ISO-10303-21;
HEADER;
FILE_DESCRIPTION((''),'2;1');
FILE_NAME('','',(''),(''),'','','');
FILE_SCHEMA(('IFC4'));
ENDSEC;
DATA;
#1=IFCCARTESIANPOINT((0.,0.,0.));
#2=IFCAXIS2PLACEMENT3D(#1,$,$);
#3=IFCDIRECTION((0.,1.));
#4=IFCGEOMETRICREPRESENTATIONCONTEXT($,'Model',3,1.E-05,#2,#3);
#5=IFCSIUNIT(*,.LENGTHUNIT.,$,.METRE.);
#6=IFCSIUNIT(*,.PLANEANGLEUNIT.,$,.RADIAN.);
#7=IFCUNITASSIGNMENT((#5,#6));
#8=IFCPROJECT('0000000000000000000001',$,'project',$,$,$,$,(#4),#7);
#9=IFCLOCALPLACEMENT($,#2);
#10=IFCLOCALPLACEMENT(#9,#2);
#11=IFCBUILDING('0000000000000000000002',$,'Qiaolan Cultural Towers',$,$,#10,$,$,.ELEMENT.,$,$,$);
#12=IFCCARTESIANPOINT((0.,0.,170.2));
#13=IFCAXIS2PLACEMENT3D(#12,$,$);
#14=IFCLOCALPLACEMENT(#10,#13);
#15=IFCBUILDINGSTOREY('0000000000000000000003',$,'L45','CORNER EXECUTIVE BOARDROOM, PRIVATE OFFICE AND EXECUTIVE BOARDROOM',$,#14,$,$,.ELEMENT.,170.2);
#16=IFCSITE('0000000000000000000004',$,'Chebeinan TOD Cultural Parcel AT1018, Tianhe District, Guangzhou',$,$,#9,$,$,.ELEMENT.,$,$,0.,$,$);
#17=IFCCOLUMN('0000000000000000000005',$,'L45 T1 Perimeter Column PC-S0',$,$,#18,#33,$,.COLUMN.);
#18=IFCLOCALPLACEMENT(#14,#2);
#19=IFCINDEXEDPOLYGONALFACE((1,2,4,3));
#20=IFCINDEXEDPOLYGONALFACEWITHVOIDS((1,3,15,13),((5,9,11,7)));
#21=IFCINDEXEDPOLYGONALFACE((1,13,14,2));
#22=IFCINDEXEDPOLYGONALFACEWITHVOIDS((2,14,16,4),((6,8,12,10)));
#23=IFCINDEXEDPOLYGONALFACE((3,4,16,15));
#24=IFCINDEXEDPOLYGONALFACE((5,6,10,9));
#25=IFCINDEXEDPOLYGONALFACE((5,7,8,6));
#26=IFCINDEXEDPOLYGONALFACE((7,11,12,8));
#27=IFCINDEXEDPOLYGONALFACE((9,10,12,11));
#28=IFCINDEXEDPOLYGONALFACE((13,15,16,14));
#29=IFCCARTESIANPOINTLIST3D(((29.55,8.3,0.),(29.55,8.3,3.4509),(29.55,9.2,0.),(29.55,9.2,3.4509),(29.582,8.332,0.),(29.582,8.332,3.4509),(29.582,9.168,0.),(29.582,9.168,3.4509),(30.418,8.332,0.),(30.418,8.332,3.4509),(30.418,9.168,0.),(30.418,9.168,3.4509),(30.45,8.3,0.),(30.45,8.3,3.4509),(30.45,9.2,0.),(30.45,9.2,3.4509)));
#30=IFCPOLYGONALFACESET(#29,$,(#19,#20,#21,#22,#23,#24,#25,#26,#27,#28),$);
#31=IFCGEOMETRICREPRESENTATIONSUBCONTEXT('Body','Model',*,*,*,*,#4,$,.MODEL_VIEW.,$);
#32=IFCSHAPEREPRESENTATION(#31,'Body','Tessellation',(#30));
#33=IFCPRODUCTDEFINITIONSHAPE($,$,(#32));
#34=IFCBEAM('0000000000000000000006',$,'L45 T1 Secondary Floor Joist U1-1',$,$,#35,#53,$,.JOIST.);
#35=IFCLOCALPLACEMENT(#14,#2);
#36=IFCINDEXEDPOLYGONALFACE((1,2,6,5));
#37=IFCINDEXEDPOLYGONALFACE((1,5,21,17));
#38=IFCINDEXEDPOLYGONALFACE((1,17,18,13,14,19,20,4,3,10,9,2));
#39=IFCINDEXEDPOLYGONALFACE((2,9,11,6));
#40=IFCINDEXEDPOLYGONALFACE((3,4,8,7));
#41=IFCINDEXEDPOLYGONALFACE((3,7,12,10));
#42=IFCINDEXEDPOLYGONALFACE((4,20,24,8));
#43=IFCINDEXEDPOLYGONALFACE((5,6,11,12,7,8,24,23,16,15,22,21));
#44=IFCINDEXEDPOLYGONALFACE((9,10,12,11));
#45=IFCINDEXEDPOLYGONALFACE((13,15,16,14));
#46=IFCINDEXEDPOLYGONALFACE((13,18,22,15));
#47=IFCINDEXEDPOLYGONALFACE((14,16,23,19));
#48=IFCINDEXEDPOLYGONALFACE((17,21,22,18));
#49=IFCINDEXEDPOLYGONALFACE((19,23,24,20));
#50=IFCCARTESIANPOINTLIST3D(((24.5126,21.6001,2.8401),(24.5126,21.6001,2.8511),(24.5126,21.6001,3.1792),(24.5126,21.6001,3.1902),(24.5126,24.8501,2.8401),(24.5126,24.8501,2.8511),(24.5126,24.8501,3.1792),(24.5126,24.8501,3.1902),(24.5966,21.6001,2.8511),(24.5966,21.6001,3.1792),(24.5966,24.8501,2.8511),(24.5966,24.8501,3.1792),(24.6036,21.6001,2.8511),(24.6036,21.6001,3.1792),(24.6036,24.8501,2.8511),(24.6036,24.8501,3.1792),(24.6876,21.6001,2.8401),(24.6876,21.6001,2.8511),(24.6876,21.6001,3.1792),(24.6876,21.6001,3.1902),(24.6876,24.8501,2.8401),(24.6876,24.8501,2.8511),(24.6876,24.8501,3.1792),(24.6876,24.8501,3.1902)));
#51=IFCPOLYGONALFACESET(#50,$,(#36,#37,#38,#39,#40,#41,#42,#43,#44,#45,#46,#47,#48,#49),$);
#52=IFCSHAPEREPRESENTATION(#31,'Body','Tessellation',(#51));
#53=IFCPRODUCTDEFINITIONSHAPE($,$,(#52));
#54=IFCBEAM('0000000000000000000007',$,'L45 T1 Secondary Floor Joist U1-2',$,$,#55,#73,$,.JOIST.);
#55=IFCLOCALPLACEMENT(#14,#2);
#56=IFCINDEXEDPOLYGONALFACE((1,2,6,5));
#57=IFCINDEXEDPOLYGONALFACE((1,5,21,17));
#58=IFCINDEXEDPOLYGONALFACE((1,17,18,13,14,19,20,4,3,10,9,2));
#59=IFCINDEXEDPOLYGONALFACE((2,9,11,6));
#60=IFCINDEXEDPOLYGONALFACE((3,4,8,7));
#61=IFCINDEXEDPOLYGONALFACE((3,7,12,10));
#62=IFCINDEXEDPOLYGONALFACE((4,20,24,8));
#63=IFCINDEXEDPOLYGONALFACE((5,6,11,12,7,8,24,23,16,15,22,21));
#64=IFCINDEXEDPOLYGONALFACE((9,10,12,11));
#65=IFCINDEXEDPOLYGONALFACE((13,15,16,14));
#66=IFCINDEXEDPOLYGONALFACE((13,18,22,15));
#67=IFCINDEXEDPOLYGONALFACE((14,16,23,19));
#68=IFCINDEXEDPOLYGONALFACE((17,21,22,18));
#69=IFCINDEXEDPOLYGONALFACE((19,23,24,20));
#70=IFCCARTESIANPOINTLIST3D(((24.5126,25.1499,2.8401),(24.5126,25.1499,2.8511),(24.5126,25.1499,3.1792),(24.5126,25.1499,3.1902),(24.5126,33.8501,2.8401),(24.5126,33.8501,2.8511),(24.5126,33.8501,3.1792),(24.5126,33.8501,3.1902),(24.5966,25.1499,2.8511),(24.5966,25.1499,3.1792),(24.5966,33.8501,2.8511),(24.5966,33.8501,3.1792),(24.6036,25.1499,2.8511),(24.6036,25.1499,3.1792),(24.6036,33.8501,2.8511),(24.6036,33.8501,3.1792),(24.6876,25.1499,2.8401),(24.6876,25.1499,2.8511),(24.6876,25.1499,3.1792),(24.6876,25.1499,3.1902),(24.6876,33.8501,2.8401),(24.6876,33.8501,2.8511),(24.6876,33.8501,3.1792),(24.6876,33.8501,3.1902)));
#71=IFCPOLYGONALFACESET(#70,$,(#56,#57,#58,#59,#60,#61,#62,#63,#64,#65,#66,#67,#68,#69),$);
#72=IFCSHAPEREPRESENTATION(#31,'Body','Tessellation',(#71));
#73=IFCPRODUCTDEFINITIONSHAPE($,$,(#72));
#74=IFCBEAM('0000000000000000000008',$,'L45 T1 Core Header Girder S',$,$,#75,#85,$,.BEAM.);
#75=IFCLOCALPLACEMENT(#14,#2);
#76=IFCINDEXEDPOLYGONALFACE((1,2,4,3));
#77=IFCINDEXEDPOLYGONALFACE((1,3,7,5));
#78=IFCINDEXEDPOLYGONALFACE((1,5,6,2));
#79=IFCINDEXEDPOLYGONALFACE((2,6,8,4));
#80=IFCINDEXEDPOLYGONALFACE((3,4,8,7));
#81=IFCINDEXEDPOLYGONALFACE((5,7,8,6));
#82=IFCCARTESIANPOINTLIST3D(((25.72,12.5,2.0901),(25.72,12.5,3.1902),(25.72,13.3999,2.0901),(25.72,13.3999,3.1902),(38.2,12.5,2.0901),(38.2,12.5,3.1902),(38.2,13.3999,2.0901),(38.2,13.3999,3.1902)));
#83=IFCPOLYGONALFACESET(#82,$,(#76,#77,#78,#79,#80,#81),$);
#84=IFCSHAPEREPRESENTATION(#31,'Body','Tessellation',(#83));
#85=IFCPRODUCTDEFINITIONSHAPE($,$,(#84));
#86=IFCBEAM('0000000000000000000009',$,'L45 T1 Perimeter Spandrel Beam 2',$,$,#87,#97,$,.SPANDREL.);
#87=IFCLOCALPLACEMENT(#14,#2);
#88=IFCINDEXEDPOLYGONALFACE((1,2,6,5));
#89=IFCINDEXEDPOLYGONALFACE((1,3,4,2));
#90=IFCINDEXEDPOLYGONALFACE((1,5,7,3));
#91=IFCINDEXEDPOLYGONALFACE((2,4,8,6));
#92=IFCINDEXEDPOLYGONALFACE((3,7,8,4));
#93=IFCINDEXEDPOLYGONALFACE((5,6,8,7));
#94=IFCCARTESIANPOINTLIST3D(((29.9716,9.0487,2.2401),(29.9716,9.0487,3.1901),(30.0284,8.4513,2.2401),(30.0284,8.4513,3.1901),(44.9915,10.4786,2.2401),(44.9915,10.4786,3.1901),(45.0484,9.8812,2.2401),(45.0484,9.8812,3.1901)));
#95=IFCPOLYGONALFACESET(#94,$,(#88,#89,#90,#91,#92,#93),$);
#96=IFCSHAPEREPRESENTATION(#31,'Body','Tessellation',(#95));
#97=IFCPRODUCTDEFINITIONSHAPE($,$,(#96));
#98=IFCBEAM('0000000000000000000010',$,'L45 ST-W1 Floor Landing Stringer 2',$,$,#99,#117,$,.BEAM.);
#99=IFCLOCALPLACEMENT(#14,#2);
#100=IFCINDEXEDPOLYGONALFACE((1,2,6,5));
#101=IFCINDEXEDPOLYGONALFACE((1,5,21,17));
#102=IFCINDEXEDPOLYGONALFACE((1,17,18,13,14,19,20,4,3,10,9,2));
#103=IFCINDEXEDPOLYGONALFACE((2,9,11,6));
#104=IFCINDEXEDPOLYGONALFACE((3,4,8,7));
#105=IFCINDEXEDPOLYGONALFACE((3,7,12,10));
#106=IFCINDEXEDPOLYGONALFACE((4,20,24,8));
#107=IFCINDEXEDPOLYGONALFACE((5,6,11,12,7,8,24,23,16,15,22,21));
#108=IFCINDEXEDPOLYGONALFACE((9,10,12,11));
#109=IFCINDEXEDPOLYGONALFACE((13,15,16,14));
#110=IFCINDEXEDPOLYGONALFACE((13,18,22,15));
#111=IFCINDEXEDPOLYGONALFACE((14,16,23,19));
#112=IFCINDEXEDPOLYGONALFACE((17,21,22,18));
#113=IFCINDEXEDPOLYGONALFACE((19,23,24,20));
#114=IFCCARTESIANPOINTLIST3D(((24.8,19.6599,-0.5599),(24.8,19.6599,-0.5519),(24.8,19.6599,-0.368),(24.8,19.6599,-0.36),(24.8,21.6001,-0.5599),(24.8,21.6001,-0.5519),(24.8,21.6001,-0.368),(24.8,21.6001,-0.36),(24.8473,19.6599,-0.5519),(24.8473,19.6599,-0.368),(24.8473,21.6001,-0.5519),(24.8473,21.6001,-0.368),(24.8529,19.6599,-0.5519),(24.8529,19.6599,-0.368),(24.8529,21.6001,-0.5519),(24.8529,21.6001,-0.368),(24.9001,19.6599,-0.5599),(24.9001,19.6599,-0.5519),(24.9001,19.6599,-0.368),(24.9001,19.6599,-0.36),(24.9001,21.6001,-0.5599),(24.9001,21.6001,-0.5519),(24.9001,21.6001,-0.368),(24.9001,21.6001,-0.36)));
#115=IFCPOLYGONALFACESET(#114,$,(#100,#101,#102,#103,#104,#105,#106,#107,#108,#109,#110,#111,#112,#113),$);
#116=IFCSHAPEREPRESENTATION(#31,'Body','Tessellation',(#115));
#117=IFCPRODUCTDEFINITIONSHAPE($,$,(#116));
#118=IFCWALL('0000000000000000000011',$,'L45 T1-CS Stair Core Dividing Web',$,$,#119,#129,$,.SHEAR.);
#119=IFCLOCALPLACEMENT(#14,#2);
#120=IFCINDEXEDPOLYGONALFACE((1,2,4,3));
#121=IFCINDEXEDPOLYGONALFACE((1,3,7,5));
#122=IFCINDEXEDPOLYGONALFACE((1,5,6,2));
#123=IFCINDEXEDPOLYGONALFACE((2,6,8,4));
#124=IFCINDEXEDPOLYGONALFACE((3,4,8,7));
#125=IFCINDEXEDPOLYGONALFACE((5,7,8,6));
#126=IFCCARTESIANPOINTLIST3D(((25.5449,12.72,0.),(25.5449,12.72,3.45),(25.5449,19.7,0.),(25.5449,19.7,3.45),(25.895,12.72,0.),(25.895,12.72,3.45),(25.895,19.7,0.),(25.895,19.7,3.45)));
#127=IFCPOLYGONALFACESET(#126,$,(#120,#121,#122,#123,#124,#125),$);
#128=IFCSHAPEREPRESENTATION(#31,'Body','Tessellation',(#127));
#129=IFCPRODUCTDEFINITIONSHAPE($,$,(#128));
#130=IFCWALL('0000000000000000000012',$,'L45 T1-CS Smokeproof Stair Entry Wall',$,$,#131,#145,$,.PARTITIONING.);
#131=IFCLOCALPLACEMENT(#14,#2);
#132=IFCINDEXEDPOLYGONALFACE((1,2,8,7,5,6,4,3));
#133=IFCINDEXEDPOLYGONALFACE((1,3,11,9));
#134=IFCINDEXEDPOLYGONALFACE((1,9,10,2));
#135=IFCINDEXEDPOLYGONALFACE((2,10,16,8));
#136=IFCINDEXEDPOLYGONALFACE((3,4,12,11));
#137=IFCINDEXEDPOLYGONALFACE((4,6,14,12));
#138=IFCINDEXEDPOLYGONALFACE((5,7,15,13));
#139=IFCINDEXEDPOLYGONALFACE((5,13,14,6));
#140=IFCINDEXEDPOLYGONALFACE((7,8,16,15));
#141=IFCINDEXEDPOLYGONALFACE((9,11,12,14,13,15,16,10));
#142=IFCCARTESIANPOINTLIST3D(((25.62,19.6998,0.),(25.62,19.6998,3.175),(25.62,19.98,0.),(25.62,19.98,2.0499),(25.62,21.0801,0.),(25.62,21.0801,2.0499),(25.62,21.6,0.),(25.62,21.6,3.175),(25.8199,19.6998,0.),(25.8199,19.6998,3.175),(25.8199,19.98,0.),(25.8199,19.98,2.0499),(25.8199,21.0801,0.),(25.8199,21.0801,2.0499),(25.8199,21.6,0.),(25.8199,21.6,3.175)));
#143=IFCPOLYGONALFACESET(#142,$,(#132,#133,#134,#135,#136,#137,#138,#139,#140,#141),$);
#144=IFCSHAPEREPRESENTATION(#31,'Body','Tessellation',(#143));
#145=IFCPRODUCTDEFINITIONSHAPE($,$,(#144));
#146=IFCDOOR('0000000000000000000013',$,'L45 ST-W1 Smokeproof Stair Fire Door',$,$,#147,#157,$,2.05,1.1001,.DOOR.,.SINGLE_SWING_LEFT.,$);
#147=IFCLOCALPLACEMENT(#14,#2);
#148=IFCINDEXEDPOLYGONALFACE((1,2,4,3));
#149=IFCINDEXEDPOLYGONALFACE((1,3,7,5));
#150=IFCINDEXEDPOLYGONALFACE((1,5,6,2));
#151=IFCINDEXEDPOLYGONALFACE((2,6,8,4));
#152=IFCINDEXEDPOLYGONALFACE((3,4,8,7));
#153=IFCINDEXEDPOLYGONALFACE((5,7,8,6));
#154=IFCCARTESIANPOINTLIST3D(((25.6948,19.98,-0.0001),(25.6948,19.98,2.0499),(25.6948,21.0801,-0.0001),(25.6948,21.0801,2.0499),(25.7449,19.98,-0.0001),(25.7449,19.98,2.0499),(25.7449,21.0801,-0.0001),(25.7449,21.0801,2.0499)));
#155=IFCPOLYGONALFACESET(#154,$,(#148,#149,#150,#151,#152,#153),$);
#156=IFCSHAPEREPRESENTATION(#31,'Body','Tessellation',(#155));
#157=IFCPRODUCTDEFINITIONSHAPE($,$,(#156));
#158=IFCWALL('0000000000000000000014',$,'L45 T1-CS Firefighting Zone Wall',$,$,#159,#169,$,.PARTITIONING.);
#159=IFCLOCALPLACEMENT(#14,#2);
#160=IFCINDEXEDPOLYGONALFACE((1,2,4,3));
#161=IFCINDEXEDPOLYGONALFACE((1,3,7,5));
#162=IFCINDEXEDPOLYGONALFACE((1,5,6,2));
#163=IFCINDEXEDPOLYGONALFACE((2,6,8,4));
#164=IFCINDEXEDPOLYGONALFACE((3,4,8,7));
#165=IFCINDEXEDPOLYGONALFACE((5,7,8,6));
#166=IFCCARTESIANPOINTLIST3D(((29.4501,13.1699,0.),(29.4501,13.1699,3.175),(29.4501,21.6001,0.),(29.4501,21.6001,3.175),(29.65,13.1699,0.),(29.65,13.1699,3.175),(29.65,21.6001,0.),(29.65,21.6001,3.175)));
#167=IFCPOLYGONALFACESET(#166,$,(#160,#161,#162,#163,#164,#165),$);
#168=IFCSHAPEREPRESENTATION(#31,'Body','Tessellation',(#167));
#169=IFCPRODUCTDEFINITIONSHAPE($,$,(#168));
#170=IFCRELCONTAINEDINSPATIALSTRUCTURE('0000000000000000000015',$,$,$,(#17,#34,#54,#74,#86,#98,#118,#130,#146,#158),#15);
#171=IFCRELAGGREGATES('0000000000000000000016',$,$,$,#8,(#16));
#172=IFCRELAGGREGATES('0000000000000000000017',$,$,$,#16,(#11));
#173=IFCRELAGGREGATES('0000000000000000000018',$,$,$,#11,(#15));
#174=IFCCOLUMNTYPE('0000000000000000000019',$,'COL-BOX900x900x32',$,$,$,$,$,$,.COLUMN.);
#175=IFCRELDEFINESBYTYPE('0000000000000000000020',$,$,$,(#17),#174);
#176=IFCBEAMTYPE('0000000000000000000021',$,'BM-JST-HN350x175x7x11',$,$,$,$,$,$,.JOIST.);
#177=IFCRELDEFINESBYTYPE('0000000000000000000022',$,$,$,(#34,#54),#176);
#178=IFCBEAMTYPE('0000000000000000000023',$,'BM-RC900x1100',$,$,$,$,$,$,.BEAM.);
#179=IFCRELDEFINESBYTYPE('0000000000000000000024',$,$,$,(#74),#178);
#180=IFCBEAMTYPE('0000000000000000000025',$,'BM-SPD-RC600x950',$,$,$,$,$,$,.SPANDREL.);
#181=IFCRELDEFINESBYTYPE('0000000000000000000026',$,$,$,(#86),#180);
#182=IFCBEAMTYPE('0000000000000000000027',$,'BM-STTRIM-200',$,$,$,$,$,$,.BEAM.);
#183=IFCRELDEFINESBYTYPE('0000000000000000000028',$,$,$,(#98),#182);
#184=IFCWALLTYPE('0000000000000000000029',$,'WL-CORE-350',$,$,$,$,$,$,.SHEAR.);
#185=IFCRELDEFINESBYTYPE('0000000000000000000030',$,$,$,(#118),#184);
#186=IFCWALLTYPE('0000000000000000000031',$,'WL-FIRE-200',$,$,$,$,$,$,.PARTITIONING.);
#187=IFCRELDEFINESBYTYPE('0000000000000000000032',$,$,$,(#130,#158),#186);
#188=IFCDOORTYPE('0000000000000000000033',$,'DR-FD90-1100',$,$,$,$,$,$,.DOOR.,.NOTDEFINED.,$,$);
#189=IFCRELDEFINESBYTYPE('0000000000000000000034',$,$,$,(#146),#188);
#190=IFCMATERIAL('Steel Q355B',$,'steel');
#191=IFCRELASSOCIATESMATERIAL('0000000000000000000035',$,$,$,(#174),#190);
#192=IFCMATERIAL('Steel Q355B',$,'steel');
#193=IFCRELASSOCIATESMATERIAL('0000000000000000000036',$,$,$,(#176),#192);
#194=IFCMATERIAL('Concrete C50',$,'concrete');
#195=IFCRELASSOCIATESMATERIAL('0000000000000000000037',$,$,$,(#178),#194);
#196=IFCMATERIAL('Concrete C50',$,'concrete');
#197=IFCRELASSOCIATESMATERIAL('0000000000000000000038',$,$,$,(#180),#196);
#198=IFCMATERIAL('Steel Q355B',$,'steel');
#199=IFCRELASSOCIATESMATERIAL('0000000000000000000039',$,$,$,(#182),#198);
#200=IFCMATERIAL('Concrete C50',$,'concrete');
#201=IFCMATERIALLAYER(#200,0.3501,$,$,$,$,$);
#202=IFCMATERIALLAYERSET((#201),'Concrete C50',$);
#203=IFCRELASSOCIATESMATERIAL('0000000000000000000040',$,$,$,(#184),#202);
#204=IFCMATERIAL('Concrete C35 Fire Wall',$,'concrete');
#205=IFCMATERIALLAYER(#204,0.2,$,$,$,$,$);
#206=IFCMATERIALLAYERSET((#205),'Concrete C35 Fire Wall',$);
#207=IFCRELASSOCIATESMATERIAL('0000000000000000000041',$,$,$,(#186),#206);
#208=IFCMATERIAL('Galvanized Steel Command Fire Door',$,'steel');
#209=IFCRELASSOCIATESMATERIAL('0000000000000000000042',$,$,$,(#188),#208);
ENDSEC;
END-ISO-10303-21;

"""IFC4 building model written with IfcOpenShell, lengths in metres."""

from ifc_helpers import new_model, si_unit, direction, frame, frame_2d, origin, origin_2d, place, context, subcontext, project, spatial, rectangle, hollow_rectangle, i_section, extrude, material, layer, layer_set, material_profile, profile_set, type_object, element, fill, save


model = new_model("IFC4")

# Units and contexts
model_context = context("Model", 3, precision=1e-05, world=origin(), true_north=direction((0.0, 1.0)))
body_context = subcontext(model_context, "Body", "Model", "MODEL_VIEW")
ifc_project = project(units=[si_unit("LENGTHUNIT", "METRE"), si_unit("PLANEANGLEUNIT", "RADIAN")], contexts=[model_context])

# Site, building, storey
site_placement = place(None, origin())
site = spatial("IfcSite", under=ifc_project, at=site_placement, Name="Chebeinan TOD Cultural Parcel AT1018, Tianhe District, Guangzhou", CompositionType="ELEMENT", RefElevation=0.0)
building_placement = place(site_placement, origin())
building = spatial("IfcBuilding", under=site, at=building_placement, Name="Qiaolan Cultural Towers", CompositionType="ELEMENT")
storey_placement = place(building_placement, frame((0.0, 0.0, 170.2)))
storey = spatial("IfcBuildingStorey", under=building, at=storey_placement, Name="L45", Description="CORNER EXECUTIVE BOARDROOM, PRIVATE OFFICE AND EXECUTIVE BOARDROOM", CompositionType="ELEMENT", Elevation=170.2)

# Column
ifc_material_1 = material(Name="Steel Q355B", Category="steel")
ifc_material_profile_1 = material_profile(ifc_material_1, hollow_rectangle(XDim=0.8999, YDim=0.8999, WallThickness=0.032, at=origin_2d()), Name="BOX900x900x32")
ifc_profile_set_1 = profile_set([ifc_material_profile_1], Name="Steel Q355B")
column_type = type_object("IfcColumnType", Name="COL-BOX900x900x32", PredefinedType="COLUMN", material=ifc_profile_set_1)
column_placement = place(storey_placement, frame((30.0, 8.75, 0.0), z_axis=(0.0, 0.0, 1.0), x_axis=(1.0, 0.0, 0.0)))
element("IfcColumn", 1, at=column_placement, inside=storey, type_object=column_type, Name="L45 T1 Perimeter Column PC-S0", PredefinedType="COLUMN", context=body_context, shape_type="SweptSolid", body=[
    extrude(hollow_rectangle(XDim=0.8999, YDim=0.8999, WallThickness=0.032, at=origin_2d()), origin(), (0.0, 0.0, 1.0), 3.4509),
])

# Beams
ifc_material_2 = material(Name="Steel Q355B", Category="steel")
ifc_material_profile_2 = material_profile(ifc_material_2, i_section(OverallWidth=0.175, OverallDepth=0.3501, WebThickness=0.0071, FlangeThickness=0.011, at=origin_2d()), Name="HN350x175x7x11")
ifc_profile_set_2 = profile_set([ifc_material_profile_2], Name="Steel Q355B")
beam_type_1 = type_object("IfcBeamType", Name="BM-JST-HN350x175x7x11", PredefinedType="JOIST", material=ifc_profile_set_2)
beam_1_placement = place(storey_placement, frame((24.6001, 21.6001, 3.0151), z_axis=(0.0, 1.0, 0.0), x_axis=(-1.0, 0.0, 0.0)))
element("IfcBeam", 2, at=beam_1_placement, inside=storey, type_object=beam_type_1, Name="L45 T1 Secondary Floor Joist U1-1", PredefinedType="JOIST", context=body_context, shape_type="SweptSolid", body=[
    extrude(i_section(OverallWidth=0.175, OverallDepth=0.3501, WebThickness=0.0071, FlangeThickness=0.011, at=origin_2d()), origin(), (0.0, 0.0, 1.0), 3.25),
])
beam_2_placement = place(storey_placement, frame((24.6001, 25.1499, 3.0151), z_axis=(0.0, 1.0, 0.0), x_axis=(-1.0, 0.0, 0.0)))
element("IfcBeam", 3, at=beam_2_placement, inside=storey, type_object=beam_type_1, Name="L45 T1 Secondary Floor Joist U1-2", PredefinedType="JOIST", context=body_context, shape_type="SweptSolid", body=[
    extrude(i_section(OverallWidth=0.175, OverallDepth=0.3501, WebThickness=0.0071, FlangeThickness=0.011, at=origin_2d()), origin(), (0.0, 0.0, 1.0), 8.7002),
])
ifc_material_3 = material(Name="Concrete C50", Category="concrete")
ifc_material_profile_3 = material_profile(ifc_material_3, rectangle(XDim=0.8999, YDim=1.1001, at=origin_2d()), Name="RC900x1100")
ifc_profile_set_3 = profile_set([ifc_material_profile_3], Name="Concrete C50")
beam_type_2 = type_object("IfcBeamType", Name="BM-RC900x1100", PredefinedType="BEAM", material=ifc_profile_set_3)
beam_3_placement = place(storey_placement, frame((25.72, 12.95, 2.6401), z_axis=(1.0, 0.0, 0.0), x_axis=(0.0, 1.0, 0.0)))
element("IfcBeam", 4, at=beam_3_placement, inside=storey, type_object=beam_type_2, Name="L45 T1 Core Header Girder S", PredefinedType="BEAM", context=body_context, shape_type="SweptSolid", body=[
    extrude(rectangle(XDim=0.8999, YDim=1.1001, at=origin_2d()), origin(), (0.0, 0.0, 1.0), 12.48),
])
ifc_material_4 = material(Name="Concrete C50", Category="concrete")
ifc_material_profile_4 = material_profile(ifc_material_4, rectangle(XDim=0.6001, YDim=0.95, at=origin_2d()), Name="RC600x950")
ifc_profile_set_4 = profile_set([ifc_material_profile_4], Name="Concrete C50")
beam_type_3 = type_object("IfcBeamType", Name="BM-SPD-RC600x950", PredefinedType="SPANDREL", material=ifc_profile_set_4)
beam_4_placement = place(storey_placement, frame((30.0, 8.75, 2.7151), z_axis=(0.995499, 0.094773, 0.0), x_axis=(-0.094773, 0.995499, 0.0)))
element("IfcBeam", 5, at=beam_4_placement, inside=storey, type_object=beam_type_3, Name="L45 T1 Perimeter Spandrel Beam 2", PredefinedType="SPANDREL", context=body_context, shape_type="SweptSolid", body=[
    extrude(rectangle(XDim=0.6001, YDim=0.95, at=origin_2d()), origin(), (0.0, 0.0, 1.0), 15.0879),
])
ifc_material_5 = material(Name="Steel Q355B", Category="steel")
ifc_material_profile_5 = material_profile(ifc_material_5, i_section(OverallWidth=0.1001, OverallDepth=0.2, WebThickness=0.0056, FlangeThickness=0.0081, at=origin_2d()), Name="HN200x100x5.5x8")
ifc_profile_set_5 = profile_set([ifc_material_profile_5], Name="Steel Q355B")
beam_type_4 = type_object("IfcBeamType", Name="BM-STTRIM-200", PredefinedType="BEAM", material=ifc_profile_set_5)
beam_5_placement = place(storey_placement, frame((24.8501, 21.6001, -0.46), z_axis=(0.0, -1.0, 0.0), x_axis=(1.0, 0.0, 0.0)))
element("IfcBeam", 6, at=beam_5_placement, inside=storey, type_object=beam_type_4, Name="L45 ST-W1 Floor Landing Stringer 2", PredefinedType="BEAM", context=body_context, shape_type="SweptSolid", body=[
    extrude(i_section(OverallWidth=0.1001, OverallDepth=0.2, WebThickness=0.0056, FlangeThickness=0.0081, at=origin_2d()), origin(), (0.0, 0.0, 1.0), 1.9402),
])

# Wall
ifc_material_6 = material(Name="Concrete C50", Category="concrete")
ifc_layer_1 = layer(ifc_material_6, 0.3501)
ifc_layer_set_1 = layer_set([ifc_layer_1], Name="Concrete C50")
wall_type_1 = type_object("IfcWallType", Name="WL-CORE-350", PredefinedType="SHEAR", material=ifc_layer_set_1)
wall_1_placement = place(storey_placement, frame((25.72, 19.7, 0.0), z_axis=(0.0, 0.0, 1.0), x_axis=(0.0, -1.0, 0.0)))
element("IfcWall", 7, at=wall_1_placement, inside=storey, type_object=wall_type_1, Name="L45 T1-CS Stair Core Dividing Web", PredefinedType="SHEAR", context=body_context, shape_type="SweptSolid", body=[
    extrude(rectangle(XDim=6.98, YDim=0.3501, at=frame_2d((3.49, 0.0))), origin(), (0.0, 0.0, 1.0), 3.45),
])

# Wall, opening, door
ifc_material_7 = material(Name="Concrete C35 Fire Wall", Category="concrete")
ifc_layer_2 = layer(ifc_material_7, 0.2)
ifc_layer_set_2 = layer_set([ifc_layer_2], Name="Concrete C35 Fire Wall")
wall_type_2 = type_object("IfcWallType", Name="WL-FIRE-200", PredefinedType="PARTITIONING", material=ifc_layer_set_2)
wall_2_placement = place(storey_placement, frame((25.72, 21.6001, 0.0), z_axis=(0.0, 0.0, 1.0), x_axis=(0.0, -1.0, 0.0)))
wall_2 = element("IfcWall", 8, at=wall_2_placement, inside=storey, type_object=wall_type_2, Name="L45 T1-CS Smokeproof Stair Entry Wall", PredefinedType="PARTITIONING", context=body_context, shape_type="SweptSolid", body=[
    extrude(rectangle(XDim=1.9001, YDim=0.2, at=frame_2d((0.9502, 0.0))), origin(), (0.0, 0.0, 1.0), 3.175),
])
opening_1_placement = place(wall_2_placement, frame((0.52, 0.0, 0.0)))
opening_1 = element("IfcOpeningElement", 9, at=opening_1_placement, cuts=wall_2, PredefinedType="OPENING", context=body_context, shape_type="SweptSolid", body=[
    extrude(rectangle(XDim=1.1001, YDim=2.05, at=frame_2d((0.55, 1.0249))), frame((0.0, 0.1099, 0.0), z_axis=(0.0, -1.0, 0.0), x_axis=(1.0, 0.0, 0.0)), (0.0, 0.0, 1.0), 0.22),
])
ifc_material_8 = material(Name="Galvanized Steel Command Fire Door", Category="steel")
door_type_1 = type_object("IfcDoorType", Name="DR-FD90-1100", OperationType="NOTDEFINED", PredefinedType="DOOR", material=ifc_material_8)
door_1_placement = place(opening_1_placement, origin())
door_1 = element("IfcDoor", 10, at=door_1_placement, inside=storey, type_object=door_type_1, Name="L45 ST-W1 Smokeproof Stair Fire Door", OperationType="SINGLE_SWING_LEFT", OverallHeight=2.05, OverallWidth=1.1001, PredefinedType="DOOR", context=body_context, shape_type="SweptSolid", body=[
    extrude(rectangle(XDim=1.1001, YDim=2.05, at=frame_2d((0.55, 1.0249))), frame((0.0, 0.0249, 0.0), z_axis=(0.0, -1.0, 0.0), x_axis=(1.0, 0.0, 0.0)), (0.0, 0.0, 1.0), 0.05),
])
fill(opening_1, door_1)

# Wall
wall_3_placement = place(storey_placement, frame((29.55, 21.6001, 0.0), z_axis=(0.0, 0.0, 1.0), x_axis=(0.0, -1.0, 0.0)))
element("IfcWall", 11, at=wall_3_placement, inside=storey, type_object=wall_type_2, Name="L45 T1-CS Firefighting Zone Wall", PredefinedType="PARTITIONING", context=body_context, shape_type="SweptSolid", body=[
    extrude(rectangle(XDim=8.4302, YDim=0.2, at=frame_2d((4.2151, 0.0))), origin(), (0.0, 0.0, 1.0), 3.175),
])

save(model, "model.ifc")
